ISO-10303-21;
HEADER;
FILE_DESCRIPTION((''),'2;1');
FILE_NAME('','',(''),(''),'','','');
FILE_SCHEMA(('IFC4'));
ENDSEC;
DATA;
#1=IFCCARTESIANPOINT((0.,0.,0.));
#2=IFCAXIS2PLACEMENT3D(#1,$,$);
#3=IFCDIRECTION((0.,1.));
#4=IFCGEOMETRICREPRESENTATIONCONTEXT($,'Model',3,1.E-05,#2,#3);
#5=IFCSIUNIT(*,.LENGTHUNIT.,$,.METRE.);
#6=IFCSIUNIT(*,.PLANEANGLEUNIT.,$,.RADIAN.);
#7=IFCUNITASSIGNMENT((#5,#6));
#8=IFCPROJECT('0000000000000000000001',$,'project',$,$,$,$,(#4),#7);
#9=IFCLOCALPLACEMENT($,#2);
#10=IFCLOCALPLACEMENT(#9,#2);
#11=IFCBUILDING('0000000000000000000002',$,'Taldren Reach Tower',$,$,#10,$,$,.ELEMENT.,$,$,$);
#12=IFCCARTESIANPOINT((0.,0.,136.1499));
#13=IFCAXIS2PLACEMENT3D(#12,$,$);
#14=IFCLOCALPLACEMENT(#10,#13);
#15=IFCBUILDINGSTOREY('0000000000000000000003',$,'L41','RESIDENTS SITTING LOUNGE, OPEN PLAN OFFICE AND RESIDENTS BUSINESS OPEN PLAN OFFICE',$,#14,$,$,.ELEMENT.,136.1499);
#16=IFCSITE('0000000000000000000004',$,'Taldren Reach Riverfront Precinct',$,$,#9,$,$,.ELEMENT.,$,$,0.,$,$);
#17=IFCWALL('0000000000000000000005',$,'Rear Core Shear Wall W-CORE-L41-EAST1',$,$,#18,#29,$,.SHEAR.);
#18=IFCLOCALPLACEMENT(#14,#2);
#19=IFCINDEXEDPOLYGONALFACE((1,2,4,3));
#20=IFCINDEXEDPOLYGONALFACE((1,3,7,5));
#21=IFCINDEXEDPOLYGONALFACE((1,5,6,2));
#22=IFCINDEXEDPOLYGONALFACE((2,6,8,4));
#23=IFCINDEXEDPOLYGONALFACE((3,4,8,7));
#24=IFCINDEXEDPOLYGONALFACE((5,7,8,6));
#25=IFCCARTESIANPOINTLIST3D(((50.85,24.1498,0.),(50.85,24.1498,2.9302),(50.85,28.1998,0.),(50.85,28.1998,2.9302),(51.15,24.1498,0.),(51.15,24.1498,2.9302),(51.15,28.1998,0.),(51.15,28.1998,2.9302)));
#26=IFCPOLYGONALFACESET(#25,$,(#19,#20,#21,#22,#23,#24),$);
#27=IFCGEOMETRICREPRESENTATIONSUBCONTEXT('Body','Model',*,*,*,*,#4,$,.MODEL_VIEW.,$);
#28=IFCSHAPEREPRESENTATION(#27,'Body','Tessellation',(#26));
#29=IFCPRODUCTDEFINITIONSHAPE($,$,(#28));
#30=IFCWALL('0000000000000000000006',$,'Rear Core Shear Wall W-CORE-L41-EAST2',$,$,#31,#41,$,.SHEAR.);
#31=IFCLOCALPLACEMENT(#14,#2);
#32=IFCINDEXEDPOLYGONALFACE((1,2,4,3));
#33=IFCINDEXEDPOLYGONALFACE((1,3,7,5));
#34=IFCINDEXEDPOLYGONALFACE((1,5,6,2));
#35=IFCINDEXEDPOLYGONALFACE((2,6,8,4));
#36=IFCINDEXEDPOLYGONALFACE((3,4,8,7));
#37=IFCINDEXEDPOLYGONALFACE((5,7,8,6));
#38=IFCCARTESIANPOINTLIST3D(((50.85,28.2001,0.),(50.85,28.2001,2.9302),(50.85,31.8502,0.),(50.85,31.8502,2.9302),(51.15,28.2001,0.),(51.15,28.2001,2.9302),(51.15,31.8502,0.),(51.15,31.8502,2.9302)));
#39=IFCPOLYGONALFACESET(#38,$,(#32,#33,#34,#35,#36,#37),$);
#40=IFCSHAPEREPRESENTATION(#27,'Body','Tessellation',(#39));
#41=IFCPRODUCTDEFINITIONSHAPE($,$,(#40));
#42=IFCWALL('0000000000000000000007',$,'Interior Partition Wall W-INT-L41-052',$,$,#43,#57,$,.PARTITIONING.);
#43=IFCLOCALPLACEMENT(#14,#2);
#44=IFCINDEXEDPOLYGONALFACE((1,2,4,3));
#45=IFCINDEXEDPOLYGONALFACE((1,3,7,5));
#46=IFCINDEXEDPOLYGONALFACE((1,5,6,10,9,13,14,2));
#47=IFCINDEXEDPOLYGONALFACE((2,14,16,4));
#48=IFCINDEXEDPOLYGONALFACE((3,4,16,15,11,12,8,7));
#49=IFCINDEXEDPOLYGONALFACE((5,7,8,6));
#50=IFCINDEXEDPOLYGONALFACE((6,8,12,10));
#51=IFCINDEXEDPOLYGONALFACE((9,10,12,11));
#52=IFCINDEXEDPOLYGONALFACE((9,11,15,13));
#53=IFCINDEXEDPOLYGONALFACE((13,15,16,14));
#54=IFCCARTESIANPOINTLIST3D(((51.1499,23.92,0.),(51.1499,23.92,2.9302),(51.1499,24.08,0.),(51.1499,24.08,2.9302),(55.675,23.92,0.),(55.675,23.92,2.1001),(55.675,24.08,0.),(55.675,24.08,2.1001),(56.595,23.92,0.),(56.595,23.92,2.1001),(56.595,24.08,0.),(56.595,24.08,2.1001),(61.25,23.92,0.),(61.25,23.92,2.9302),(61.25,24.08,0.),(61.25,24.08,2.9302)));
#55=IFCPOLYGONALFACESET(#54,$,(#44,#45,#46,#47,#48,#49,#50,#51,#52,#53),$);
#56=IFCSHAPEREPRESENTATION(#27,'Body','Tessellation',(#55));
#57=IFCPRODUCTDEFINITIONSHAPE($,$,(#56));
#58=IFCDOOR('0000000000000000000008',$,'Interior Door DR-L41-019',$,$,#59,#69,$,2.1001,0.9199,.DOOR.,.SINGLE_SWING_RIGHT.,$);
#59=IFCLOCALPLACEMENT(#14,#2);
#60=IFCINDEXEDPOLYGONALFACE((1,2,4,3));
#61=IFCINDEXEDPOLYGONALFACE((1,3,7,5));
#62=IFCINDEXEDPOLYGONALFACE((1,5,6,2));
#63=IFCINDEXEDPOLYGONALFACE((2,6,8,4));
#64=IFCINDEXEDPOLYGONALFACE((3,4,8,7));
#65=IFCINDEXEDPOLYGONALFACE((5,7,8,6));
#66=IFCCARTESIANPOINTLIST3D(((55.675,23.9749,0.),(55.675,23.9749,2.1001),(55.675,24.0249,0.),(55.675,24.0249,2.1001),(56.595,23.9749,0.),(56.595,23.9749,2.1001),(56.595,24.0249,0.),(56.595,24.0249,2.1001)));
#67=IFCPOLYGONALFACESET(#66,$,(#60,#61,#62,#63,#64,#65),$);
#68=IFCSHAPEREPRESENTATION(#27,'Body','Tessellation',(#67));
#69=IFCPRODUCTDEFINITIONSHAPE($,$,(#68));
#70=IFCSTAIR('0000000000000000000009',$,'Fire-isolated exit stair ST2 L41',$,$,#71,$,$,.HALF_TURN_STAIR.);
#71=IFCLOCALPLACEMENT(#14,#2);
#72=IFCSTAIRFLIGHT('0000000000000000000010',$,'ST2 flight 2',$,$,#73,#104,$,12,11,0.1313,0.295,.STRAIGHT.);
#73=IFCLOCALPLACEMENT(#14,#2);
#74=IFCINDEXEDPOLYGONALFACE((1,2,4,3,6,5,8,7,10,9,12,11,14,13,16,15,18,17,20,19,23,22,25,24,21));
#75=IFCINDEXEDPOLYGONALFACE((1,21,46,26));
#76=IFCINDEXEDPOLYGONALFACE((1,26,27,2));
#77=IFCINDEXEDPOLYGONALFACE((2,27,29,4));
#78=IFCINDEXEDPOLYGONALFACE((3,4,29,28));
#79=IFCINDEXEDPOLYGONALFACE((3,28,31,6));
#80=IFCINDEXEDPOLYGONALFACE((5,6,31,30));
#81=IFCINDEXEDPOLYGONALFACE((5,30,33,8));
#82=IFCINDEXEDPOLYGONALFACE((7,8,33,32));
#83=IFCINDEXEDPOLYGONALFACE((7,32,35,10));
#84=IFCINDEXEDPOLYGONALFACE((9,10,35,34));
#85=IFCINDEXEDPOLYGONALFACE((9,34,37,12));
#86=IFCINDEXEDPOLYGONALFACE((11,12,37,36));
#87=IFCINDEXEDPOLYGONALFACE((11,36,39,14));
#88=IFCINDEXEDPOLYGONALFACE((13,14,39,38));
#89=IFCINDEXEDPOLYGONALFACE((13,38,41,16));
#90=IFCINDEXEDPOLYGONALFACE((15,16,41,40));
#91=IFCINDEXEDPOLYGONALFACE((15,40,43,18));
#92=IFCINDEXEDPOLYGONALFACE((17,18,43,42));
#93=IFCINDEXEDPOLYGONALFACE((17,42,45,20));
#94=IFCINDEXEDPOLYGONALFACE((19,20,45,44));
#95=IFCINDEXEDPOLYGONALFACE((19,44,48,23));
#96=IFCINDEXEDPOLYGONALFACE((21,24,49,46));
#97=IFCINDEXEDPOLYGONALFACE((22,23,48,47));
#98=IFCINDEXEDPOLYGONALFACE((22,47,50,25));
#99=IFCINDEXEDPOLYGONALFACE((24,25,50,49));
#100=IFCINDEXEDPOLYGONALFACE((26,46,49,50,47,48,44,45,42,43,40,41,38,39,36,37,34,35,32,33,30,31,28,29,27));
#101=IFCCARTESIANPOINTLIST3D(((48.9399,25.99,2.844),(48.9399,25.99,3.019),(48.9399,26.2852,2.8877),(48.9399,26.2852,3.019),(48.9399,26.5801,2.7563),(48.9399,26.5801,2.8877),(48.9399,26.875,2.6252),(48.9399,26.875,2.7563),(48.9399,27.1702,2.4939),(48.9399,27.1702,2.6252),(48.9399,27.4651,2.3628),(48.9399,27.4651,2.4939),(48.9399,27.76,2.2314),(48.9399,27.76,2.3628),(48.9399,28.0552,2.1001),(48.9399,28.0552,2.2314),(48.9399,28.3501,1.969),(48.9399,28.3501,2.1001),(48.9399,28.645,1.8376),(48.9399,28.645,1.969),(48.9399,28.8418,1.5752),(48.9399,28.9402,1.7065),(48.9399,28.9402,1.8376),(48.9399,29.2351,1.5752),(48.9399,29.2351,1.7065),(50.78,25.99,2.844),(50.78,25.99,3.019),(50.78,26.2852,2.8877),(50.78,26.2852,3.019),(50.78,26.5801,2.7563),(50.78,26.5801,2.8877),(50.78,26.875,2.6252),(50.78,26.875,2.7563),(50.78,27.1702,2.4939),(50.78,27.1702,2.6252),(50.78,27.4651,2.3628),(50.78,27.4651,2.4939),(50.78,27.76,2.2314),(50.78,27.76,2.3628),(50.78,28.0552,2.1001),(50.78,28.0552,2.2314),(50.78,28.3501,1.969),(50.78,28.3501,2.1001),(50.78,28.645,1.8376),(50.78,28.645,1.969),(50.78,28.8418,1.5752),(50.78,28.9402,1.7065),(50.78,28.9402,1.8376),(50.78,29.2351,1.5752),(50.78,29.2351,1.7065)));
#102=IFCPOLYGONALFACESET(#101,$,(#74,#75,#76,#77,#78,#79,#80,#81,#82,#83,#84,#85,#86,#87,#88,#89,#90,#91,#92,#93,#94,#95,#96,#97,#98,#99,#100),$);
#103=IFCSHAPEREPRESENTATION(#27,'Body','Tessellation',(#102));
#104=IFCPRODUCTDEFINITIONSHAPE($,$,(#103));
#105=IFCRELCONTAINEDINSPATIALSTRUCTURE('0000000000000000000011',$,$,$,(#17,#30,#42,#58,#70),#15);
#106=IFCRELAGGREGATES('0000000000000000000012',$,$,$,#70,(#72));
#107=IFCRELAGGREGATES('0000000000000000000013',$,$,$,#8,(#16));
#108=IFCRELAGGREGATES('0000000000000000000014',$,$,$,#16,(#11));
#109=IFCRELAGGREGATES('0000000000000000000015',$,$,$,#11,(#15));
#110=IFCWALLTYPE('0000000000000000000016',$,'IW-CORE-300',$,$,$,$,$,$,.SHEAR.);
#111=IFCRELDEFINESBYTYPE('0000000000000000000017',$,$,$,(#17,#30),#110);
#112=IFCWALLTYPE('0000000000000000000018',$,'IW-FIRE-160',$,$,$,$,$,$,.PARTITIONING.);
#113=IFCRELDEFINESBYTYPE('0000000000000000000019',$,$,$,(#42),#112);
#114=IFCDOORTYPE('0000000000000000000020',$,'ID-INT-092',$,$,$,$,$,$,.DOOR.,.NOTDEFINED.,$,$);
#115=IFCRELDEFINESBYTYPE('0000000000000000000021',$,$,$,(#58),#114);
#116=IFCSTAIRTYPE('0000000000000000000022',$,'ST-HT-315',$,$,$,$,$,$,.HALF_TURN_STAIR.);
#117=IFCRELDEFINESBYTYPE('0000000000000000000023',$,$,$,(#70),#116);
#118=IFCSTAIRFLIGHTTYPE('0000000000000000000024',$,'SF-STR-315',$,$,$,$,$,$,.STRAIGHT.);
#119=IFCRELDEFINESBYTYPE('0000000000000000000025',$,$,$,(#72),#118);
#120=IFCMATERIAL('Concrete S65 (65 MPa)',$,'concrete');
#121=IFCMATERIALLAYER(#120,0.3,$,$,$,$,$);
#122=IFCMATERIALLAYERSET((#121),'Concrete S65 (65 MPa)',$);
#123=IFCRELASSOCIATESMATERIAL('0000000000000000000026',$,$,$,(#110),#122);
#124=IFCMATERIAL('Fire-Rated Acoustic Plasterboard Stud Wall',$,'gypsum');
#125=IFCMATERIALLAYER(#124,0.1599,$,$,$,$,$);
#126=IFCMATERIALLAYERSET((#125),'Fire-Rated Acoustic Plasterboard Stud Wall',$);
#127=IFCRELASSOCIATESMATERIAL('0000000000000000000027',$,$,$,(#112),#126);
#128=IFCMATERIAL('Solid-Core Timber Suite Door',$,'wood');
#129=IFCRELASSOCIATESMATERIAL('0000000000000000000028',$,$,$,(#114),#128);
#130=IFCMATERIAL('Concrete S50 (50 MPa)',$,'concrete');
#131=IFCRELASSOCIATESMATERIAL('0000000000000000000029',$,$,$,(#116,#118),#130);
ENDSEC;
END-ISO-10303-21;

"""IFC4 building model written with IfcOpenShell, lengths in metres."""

from ifc_helpers import new_model, si_unit, direction, frame, frame_2d, origin, place, context, subcontext, project, spatial, polyline, rectangle, outline, extrude, source, transform, mapped, material, layer, layer_set, type_object, element, fill, aggregate, save


model = new_model("IFC4")

# Units and contexts
model_context = context("Model", 3, precision=1e-05, world=origin(), true_north=direction((0.0, 1.0)))
body_context = subcontext(model_context, "Body", "Model", "MODEL_VIEW")
ifc_project = project(units=[si_unit("LENGTHUNIT", "METRE"), si_unit("PLANEANGLEUNIT", "RADIAN")], contexts=[model_context])

# Site, building, storey
site_placement = place(None, origin())
site = spatial("IfcSite", under=ifc_project, at=site_placement, Name="Taldren Reach Riverfront Precinct", CompositionType="ELEMENT", RefElevation=0.0)
building_placement = place(site_placement, origin())
building = spatial("IfcBuilding", under=site, at=building_placement, Name="Taldren Reach Tower", CompositionType="ELEMENT")
storey_placement = place(building_placement, frame((0.0, 0.0, 136.1499)))
storey = spatial("IfcBuildingStorey", under=building, at=storey_placement, Name="L41", Description="RESIDENTS SITTING LOUNGE, OPEN PLAN OFFICE AND RESIDENTS BUSINESS OPEN PLAN OFFICE", CompositionType="ELEMENT", Elevation=136.1499)

# Walls
ifc_material_1 = material(Name="Concrete S65 (65 MPa)", Category="concrete")
ifc_layer_1 = layer(ifc_material_1, 0.3)
ifc_layer_set_1 = layer_set([ifc_layer_1], Name="Concrete S65 (65 MPa)")
wall_type_1 = type_object("IfcWallType", Name="IW-CORE-300", PredefinedType="SHEAR", material=ifc_layer_set_1)
shared_shape_1 = source(origin(), body_context, "Body", "SweptSolid", [
    extrude(rectangle(XDim=4.05, YDim=0.3, at=frame_2d((2.0249, 0.0))), origin(), (0.0, 0.0, 1.0), 2.9302),
])
wall_1_placement = place(storey_placement, frame((51.0, 24.1499, 0.0), z_axis=(0.0, 0.0, 1.0), x_axis=(0.0, 1.0, 0.0)))
element("IfcWall", 1, at=wall_1_placement, inside=storey, type_object=wall_type_1, Name="Rear Core Shear Wall W-CORE-L41-EAST1", PredefinedType="SHEAR", context=body_context, shape_type="MappedRepresentation", body=[
    mapped(shared_shape_1, transform((0.0, 0.0, 0.0), scale=1.0)),
])
shared_shape_2 = source(origin(), body_context, "Body", "SweptSolid", [
    extrude(rectangle(XDim=3.6501, YDim=0.3, at=frame_2d((1.8252, 0.0))), origin(), (0.0, 0.0, 1.0), 2.9302),
])
wall_2_placement = place(storey_placement, frame((51.0, 28.2, 0.0), z_axis=(0.0, 0.0, 1.0), x_axis=(0.0, 1.0, 0.0)))
element("IfcWall", 2, at=wall_2_placement, inside=storey, type_object=wall_type_1, Name="Rear Core Shear Wall W-CORE-L41-EAST2", PredefinedType="SHEAR", context=body_context, shape_type="MappedRepresentation", body=[
    mapped(shared_shape_2, transform((0.0, 0.0, 0.0), scale=1.0)),
])

# Wall, opening, door
ifc_material_2 = material(Name="Fire-Rated Acoustic Plasterboard Stud Wall", Category="gypsum")
ifc_layer_2 = layer(ifc_material_2, 0.1599)
ifc_layer_set_2 = layer_set([ifc_layer_2], Name="Fire-Rated Acoustic Plasterboard Stud Wall")
wall_type_2 = type_object("IfcWallType", Name="IW-FIRE-160", PredefinedType="PARTITIONING", material=ifc_layer_set_2)
shared_shape_3 = source(origin(), body_context, "Body", "SweptSolid", [
    extrude(rectangle(XDim=10.1001, YDim=0.1599, at=frame_2d((5.05, 0.0))), origin(), (0.0, 0.0, 1.0), 2.9302),
])
wall_3_placement = place(storey_placement, frame((51.1499, 24.0, 0.0), z_axis=(0.0, 0.0, 1.0), x_axis=(1.0, 0.0, 0.0)))
wall_3 = element("IfcWall", 3, at=wall_3_placement, inside=storey, type_object=wall_type_2, Name="Interior Partition Wall W-INT-L41-052", PredefinedType="PARTITIONING", context=body_context, shape_type="MappedRepresentation", body=[
    mapped(shared_shape_3, transform((0.0, 0.0, 0.0), scale=1.0)),
])
shared_shape_4 = source(origin(), body_context, "Body", "SweptSolid", [
    extrude(rectangle(XDim=0.9199, YDim=2.1001, at=frame_2d((0.46, 1.05))), frame((0.0, 0.0898, 0.0), z_axis=(0.0, -1.0, 0.0), x_axis=(1.0, 0.0, 0.0)), (0.0, 0.0, 1.0), 0.1799),
])
opening_placement = place(wall_3_placement, frame((4.5251, 0.0, 0.0)))
opening = element("IfcOpeningElement", 4, at=opening_placement, cuts=wall_3, PredefinedType="OPENING", context=body_context, shape_type="MappedRepresentation", body=[
    mapped(shared_shape_4, transform((0.0, 0.0, 0.0), scale=1.0)),
])
ifc_material_3 = material(Name="Solid-Core Timber Suite Door", Category="wood")
door_type = type_object("IfcDoorType", Name="ID-INT-092", OperationType="NOTDEFINED", PredefinedType="DOOR", material=ifc_material_3)
shared_shape_5 = source(origin(), body_context, "Body", "SweptSolid", [
    extrude(rectangle(XDim=0.9199, YDim=2.1001, at=frame_2d((0.46, 1.05))), frame((0.0, 0.0249, 0.0), z_axis=(0.0, -1.0, 0.0), x_axis=(1.0, 0.0, 0.0)), (0.0, 0.0, 1.0), 0.05),
])
door_placement = place(opening_placement, origin())
door = element("IfcDoor", 5, at=door_placement, inside=storey, type_object=door_type, Name="Interior Door DR-L41-019", OperationType="SINGLE_SWING_RIGHT", OverallHeight=2.1001, OverallWidth=0.9199, PredefinedType="DOOR", context=body_context, shape_type="MappedRepresentation", body=[
    mapped(shared_shape_5, transform((0.0, 0.0, 0.0), scale=1.0)),
])
fill(opening, door)

# Stair, stair flight
ifc_material_4 = material(Name="Concrete S50 (50 MPa)", Category="concrete")
stair_type = type_object("IfcStairType", Name="ST-HT-315", PredefinedType="HALF_TURN_STAIR", material=ifc_material_4)
stair_placement = place(storey_placement, origin())
stair = element("IfcStair", 6, at=stair_placement, inside=storey, type_object=stair_type, Name="Fire-isolated exit stair ST2 L41", PredefinedType="HALF_TURN_STAIR")
stair_flight_type = type_object("IfcStairFlightType", Name="SF-STR-315", PredefinedType="STRAIGHT", material=ifc_material_4)
stair_flight_placement = place(storey_placement, frame((49.8601, 29.2351, 1.5752), z_axis=(0.0, 0.0, 1.0), x_axis=(0.0, -1.0, 0.0)))
stair_flight = element("IfcStairFlight", 7, at=stair_flight_placement, type_object=stair_flight_type, Name="ST2 flight 2", NumberOfRisers=12, NumberOfTreads=11, PredefinedType="STRAIGHT", RiserHeight=0.1313, TreadLength=0.295, context=body_context, shape_type="SweptSolid", body=[
    extrude(outline(polyline([(0.0, 0.0), (0.0, 0.1313), (0.2949, 0.1313), (0.2949, 0.2625), (0.5901, 0.2625), (0.5901, 0.3938), (0.885, 0.3938), (0.885, 0.5249), (1.1799, 0.5249), (1.1799, 0.6562), (1.4751, 0.6562), (1.4751, 0.7876), (1.77, 0.7876), (1.77, 0.9187), (2.0649, 0.9187), (2.0649, 1.05), (2.3601, 1.05), (2.3601, 1.1812), (2.655, 1.1812), (2.655, 1.3125), (2.95, 1.3125), (2.95, 1.4438), (3.2451, 1.4438), (3.2451, 1.575), (3.2451, 1.2688), (0.3933, 0.0), (0.0, 0.0)])), frame((0.0, 0.9199, 0.0), z_axis=(0.0, -1.0, 0.0), x_axis=(1.0, 0.0, 0.0)), (0.0, 0.0, 1.0), 1.8401),
])
aggregate(stair, [stair_flight])

save(model, "model.ifc")
